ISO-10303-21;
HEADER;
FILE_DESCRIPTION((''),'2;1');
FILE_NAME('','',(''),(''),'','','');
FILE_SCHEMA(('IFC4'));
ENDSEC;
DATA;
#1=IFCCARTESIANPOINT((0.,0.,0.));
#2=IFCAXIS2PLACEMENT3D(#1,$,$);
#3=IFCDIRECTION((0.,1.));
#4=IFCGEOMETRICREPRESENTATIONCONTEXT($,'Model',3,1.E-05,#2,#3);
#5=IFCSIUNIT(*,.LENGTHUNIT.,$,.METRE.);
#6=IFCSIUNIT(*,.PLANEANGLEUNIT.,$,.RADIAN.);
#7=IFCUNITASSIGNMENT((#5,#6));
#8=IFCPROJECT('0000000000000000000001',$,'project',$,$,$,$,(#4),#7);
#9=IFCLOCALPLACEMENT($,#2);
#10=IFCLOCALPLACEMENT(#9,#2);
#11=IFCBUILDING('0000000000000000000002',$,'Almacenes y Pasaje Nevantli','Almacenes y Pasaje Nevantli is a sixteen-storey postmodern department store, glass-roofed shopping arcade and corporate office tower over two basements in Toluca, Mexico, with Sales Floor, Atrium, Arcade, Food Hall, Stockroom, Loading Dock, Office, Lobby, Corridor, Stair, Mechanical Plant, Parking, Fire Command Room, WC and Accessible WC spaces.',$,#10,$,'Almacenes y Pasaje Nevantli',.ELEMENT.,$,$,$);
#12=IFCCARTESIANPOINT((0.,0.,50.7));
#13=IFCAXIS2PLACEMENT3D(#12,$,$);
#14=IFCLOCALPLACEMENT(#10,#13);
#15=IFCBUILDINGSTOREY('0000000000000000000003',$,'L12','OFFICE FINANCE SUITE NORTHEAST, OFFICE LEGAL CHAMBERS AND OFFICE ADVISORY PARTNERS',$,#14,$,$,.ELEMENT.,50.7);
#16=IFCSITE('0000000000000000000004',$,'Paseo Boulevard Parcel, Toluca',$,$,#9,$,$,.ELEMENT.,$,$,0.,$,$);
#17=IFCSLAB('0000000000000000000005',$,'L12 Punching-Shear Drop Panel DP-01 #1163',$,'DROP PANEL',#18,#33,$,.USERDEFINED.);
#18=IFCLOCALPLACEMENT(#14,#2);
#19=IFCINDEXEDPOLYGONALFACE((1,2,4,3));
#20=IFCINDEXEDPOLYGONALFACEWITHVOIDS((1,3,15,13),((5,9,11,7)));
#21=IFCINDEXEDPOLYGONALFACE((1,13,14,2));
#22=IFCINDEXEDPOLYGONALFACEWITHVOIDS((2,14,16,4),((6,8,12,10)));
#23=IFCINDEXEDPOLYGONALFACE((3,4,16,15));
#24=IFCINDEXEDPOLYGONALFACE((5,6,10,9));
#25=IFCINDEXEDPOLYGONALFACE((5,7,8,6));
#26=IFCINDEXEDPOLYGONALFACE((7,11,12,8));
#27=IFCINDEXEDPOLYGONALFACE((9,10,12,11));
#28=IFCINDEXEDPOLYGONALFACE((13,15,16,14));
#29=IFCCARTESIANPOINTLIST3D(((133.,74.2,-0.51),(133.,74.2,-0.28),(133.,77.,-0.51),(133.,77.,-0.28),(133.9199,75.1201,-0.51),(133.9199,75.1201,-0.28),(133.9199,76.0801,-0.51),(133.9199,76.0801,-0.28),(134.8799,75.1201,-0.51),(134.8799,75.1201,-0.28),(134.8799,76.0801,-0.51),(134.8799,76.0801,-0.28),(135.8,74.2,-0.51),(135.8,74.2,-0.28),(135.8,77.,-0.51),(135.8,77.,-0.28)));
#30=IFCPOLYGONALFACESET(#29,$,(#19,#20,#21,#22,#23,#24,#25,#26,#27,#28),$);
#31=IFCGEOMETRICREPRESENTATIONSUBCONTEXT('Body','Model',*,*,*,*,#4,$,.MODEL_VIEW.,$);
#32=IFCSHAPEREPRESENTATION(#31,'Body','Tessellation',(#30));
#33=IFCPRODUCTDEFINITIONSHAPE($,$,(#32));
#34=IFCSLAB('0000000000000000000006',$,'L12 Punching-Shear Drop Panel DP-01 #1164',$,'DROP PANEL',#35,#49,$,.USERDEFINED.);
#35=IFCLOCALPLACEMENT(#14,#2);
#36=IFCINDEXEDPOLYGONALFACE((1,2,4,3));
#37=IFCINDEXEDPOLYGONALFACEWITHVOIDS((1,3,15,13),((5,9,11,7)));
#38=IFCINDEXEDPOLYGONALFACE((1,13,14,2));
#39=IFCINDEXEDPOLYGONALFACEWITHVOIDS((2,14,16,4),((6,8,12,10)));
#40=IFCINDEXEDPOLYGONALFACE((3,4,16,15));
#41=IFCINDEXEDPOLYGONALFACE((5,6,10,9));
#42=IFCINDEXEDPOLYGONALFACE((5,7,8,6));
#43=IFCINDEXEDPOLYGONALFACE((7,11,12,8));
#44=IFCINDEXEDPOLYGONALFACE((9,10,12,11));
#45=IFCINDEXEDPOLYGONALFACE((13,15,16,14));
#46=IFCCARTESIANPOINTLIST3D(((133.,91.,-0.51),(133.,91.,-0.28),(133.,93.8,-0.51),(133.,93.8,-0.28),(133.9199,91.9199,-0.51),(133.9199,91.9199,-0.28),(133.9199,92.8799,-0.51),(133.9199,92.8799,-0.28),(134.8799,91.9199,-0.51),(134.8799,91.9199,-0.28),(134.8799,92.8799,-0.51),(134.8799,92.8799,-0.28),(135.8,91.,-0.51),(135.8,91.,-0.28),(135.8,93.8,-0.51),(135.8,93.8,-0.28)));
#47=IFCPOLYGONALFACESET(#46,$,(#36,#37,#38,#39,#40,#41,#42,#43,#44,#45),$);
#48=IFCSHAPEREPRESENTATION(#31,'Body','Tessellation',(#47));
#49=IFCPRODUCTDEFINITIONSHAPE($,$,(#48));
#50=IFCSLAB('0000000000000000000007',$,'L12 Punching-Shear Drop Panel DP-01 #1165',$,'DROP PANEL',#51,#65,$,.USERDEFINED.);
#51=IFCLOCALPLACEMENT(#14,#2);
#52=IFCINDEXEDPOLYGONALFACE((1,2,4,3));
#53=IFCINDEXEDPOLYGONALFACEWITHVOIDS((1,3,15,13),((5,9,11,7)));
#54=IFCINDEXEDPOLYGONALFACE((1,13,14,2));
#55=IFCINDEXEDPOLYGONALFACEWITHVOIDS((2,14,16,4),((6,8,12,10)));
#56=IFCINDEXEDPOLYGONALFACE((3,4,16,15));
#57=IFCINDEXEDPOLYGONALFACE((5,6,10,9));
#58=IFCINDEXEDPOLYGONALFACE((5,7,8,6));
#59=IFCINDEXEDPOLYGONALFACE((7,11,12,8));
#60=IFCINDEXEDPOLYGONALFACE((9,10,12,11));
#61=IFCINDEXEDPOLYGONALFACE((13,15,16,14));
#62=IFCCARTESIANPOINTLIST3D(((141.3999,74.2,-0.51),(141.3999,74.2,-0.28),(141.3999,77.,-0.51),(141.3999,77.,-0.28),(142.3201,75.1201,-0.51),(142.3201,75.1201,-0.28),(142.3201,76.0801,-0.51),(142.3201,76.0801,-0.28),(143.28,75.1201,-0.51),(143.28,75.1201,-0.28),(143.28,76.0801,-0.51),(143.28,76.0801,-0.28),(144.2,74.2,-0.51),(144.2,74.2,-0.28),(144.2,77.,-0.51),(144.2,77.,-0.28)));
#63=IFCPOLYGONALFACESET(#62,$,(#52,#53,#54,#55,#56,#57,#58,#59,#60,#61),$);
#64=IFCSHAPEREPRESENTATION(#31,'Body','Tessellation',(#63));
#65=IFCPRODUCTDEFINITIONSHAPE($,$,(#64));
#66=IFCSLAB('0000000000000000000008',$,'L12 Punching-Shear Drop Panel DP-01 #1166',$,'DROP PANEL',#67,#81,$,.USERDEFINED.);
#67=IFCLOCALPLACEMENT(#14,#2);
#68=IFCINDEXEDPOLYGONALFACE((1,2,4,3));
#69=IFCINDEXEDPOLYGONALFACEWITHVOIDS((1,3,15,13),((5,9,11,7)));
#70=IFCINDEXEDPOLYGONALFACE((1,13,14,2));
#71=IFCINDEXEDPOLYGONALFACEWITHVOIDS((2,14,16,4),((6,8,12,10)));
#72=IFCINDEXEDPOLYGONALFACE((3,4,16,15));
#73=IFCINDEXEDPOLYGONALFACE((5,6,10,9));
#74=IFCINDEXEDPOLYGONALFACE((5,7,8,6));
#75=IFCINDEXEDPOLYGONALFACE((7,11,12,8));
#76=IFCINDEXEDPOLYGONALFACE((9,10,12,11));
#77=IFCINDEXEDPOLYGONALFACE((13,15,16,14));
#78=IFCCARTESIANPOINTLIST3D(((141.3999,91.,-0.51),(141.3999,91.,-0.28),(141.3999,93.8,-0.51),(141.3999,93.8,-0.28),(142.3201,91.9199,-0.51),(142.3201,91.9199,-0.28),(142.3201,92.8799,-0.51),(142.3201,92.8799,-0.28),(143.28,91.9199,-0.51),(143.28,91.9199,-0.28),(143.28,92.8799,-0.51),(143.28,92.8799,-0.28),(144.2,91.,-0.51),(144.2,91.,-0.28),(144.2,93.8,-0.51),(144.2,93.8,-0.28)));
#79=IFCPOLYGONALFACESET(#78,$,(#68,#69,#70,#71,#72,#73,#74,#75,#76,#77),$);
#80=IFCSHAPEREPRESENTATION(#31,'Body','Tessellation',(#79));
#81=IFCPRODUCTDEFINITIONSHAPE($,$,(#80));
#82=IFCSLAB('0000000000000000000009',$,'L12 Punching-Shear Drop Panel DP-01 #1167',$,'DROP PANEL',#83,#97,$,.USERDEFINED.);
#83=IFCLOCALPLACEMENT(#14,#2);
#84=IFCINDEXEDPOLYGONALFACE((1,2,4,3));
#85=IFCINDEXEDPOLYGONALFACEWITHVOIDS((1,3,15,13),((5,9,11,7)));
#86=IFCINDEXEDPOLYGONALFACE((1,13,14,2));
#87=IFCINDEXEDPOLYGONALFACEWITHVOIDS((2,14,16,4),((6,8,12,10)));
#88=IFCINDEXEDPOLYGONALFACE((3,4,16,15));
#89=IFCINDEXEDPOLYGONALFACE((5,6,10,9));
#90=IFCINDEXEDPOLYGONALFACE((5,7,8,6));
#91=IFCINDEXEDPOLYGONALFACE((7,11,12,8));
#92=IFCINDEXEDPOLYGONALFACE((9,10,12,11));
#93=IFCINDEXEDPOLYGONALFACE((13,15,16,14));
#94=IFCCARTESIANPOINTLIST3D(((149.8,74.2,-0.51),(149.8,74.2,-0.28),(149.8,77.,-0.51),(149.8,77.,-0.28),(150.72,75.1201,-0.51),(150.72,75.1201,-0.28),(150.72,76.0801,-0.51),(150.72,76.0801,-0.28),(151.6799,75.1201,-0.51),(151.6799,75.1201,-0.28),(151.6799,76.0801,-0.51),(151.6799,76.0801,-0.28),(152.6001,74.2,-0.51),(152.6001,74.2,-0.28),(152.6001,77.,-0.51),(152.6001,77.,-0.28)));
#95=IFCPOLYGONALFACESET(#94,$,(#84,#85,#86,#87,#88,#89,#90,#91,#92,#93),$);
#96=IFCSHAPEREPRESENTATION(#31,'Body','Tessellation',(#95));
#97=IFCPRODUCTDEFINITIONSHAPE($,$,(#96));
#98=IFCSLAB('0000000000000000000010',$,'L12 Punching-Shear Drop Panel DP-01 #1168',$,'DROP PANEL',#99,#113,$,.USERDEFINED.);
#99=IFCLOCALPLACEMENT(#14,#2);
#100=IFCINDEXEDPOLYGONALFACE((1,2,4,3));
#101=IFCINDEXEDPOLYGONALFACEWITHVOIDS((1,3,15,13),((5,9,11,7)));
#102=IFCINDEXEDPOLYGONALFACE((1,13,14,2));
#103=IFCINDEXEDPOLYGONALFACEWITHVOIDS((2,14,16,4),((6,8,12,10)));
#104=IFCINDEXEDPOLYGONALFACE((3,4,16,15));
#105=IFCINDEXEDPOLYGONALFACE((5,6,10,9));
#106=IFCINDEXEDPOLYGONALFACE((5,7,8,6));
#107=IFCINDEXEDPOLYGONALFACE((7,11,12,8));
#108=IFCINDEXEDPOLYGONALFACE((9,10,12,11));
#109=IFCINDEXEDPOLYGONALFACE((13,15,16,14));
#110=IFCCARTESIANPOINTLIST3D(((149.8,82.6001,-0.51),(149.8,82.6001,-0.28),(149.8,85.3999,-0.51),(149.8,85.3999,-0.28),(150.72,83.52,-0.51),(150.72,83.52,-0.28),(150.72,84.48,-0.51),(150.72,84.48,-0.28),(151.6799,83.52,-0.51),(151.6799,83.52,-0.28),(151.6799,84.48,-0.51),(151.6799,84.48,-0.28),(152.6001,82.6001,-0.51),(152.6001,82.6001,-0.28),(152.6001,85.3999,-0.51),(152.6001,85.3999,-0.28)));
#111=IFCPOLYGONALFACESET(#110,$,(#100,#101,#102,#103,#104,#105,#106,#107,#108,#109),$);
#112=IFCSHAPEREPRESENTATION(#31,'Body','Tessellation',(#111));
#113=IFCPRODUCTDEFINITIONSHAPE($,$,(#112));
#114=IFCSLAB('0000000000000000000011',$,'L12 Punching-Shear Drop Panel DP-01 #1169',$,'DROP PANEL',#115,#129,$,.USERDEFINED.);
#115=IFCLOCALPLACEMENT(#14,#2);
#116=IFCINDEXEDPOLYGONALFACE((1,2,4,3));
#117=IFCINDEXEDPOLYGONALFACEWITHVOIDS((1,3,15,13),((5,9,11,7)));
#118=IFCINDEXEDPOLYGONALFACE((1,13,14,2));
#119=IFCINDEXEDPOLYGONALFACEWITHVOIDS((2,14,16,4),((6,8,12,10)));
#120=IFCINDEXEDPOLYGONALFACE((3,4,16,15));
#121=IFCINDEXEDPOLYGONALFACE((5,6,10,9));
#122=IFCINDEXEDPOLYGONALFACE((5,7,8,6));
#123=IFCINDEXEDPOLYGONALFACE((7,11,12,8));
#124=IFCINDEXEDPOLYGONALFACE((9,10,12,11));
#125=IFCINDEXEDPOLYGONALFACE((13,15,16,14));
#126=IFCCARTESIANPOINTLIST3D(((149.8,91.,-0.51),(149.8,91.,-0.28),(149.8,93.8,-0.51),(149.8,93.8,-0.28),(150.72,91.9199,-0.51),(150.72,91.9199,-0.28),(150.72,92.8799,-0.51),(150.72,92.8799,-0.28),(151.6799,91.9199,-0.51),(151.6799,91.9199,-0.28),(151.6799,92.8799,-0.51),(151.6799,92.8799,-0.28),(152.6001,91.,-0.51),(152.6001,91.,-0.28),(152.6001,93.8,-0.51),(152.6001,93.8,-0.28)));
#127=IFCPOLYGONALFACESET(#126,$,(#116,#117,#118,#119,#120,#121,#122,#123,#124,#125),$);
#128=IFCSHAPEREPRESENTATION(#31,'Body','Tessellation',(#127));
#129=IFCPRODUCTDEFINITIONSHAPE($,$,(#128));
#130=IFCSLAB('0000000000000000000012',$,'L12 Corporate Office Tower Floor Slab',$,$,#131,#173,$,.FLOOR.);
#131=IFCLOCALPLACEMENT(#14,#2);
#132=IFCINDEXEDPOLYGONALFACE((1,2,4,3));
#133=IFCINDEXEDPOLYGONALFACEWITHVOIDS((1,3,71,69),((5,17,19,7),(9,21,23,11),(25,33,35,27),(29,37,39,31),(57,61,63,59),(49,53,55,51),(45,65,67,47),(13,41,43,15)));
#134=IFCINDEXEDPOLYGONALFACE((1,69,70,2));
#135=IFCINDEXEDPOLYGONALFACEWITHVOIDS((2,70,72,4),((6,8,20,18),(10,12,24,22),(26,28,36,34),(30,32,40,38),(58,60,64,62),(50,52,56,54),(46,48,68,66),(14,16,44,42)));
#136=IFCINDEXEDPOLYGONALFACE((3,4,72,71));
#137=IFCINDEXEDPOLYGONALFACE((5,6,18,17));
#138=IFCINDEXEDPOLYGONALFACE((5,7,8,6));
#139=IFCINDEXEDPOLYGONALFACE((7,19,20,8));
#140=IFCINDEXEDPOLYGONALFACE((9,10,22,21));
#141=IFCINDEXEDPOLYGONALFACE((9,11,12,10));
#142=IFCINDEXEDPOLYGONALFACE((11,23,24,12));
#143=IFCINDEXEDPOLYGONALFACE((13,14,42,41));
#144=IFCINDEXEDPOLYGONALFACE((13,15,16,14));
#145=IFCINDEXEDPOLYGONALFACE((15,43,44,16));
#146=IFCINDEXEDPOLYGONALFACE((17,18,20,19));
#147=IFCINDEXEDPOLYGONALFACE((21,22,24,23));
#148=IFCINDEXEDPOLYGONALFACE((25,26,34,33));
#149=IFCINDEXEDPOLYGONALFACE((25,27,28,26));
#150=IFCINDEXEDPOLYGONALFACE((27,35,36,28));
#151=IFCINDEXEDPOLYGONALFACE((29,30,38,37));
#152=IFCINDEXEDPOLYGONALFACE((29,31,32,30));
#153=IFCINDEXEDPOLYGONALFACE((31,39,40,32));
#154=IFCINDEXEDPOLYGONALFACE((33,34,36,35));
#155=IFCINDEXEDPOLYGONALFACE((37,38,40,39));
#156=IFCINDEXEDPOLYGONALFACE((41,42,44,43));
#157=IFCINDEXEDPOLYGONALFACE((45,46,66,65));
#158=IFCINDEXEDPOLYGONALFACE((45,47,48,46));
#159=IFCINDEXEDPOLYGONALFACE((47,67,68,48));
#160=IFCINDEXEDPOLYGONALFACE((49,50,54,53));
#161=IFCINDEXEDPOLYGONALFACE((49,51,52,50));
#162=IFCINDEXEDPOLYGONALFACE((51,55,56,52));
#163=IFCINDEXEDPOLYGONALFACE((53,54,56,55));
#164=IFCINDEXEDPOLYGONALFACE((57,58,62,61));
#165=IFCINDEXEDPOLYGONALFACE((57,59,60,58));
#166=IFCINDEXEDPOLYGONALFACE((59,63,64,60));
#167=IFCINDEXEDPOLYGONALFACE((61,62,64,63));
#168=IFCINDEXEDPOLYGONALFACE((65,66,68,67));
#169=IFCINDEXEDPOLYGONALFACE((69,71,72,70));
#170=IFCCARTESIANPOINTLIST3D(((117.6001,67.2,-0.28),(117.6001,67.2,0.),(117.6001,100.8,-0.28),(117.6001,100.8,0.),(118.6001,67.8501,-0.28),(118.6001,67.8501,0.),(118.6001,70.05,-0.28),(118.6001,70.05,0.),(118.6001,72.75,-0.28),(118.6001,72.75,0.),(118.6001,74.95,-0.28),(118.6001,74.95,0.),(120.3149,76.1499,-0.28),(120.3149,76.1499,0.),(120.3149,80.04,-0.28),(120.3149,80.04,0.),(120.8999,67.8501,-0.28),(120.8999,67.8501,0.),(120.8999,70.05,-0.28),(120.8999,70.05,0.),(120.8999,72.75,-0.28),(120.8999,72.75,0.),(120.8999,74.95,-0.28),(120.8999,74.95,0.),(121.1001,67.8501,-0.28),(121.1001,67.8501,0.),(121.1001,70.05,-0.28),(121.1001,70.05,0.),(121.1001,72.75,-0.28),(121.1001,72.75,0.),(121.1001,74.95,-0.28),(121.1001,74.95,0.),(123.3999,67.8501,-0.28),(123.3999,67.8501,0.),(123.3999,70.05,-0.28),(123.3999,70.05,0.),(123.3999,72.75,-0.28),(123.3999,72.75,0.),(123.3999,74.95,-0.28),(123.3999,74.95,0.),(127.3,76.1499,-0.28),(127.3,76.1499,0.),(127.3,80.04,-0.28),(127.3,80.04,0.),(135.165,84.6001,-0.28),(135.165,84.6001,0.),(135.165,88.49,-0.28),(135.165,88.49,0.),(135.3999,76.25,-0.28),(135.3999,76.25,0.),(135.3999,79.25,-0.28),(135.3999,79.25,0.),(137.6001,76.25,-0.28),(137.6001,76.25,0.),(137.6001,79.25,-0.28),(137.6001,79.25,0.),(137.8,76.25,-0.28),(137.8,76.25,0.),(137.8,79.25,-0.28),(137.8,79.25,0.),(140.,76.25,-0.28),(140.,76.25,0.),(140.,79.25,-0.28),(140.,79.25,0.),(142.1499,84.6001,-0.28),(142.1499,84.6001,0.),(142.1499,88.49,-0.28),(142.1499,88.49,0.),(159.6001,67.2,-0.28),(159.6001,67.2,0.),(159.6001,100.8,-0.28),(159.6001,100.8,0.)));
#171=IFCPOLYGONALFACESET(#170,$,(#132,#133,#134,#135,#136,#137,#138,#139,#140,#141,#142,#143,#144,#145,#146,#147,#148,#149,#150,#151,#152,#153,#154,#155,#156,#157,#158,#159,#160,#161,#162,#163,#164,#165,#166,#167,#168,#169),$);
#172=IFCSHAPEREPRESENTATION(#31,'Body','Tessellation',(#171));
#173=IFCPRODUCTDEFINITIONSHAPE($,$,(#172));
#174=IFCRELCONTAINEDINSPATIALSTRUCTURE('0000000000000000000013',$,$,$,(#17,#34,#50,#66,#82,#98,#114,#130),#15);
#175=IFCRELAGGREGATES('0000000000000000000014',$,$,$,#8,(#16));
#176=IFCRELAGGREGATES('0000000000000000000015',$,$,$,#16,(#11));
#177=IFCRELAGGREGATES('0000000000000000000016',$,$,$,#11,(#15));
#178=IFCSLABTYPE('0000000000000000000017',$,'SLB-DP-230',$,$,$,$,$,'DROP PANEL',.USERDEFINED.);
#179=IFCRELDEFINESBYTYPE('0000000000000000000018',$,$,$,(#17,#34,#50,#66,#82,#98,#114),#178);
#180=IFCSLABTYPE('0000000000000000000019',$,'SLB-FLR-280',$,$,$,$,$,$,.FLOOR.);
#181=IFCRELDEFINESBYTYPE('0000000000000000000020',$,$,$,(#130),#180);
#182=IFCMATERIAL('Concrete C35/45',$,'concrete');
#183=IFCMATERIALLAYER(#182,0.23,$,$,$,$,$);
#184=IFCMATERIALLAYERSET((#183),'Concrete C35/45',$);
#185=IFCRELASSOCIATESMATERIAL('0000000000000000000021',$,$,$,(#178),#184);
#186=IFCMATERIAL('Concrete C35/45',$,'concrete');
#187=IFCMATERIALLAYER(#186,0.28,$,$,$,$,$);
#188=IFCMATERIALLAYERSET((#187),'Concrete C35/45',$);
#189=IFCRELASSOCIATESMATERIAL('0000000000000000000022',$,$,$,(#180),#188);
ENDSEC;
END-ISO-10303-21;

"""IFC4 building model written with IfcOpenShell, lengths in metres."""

from ifc_helpers import new_model, si_unit, direction, frame, origin, place, context, subcontext, project, spatial, polyline, outline, extrude, material, layer, layer_set, type_object, element, save


model = new_model("IFC4")

# Units and contexts
model_context = context("Model", 3, precision=1e-05, world=origin(), true_north=direction((0.0, 1.0)))
body_context = subcontext(model_context, "Body", "Model", "MODEL_VIEW")
ifc_project = project(units=[si_unit("LENGTHUNIT", "METRE"), si_unit("PLANEANGLEUNIT", "RADIAN")], contexts=[model_context])

# Site, building, storey
site_placement = place(None, origin())
site = spatial("IfcSite", under=ifc_project, at=site_placement, Name="Paseo Boulevard Parcel, Toluca", CompositionType="ELEMENT", RefElevation=0.0)
building_placement = place(site_placement, origin())
building = spatial("IfcBuilding", under=site, at=building_placement, Name="Almacenes y Pasaje Nevantli", Description="Almacenes y Pasaje Nevantli is a sixteen-storey postmodern department store, glass-roofed shopping arcade and corporate office tower over two basements in Toluca, Mexico, with Sales Floor, Atrium, Arcade, Food Hall, Stockroom, Loading Dock, Office, Lobby, Corridor, Stair, Mechanical Plant, Parking, Fire Command Room, WC and Accessible WC spaces.", LongName="Almacenes y Pasaje Nevantli", CompositionType="ELEMENT")
storey_placement = place(building_placement, frame((0.0, 0.0, 50.7)))
storey = spatial("IfcBuildingStorey", under=building, at=storey_placement, Name="L12", Description="OFFICE FINANCE SUITE NORTHEAST, OFFICE LEGAL CHAMBERS AND OFFICE ADVISORY PARTNERS", CompositionType="ELEMENT", Elevation=50.7)

# Slabs
ifc_material_1 = material(Name="Concrete C35/45", Category="concrete")
ifc_layer_1 = layer(ifc_material_1, 0.23)
ifc_layer_set_1 = layer_set([ifc_layer_1], Name="Concrete C35/45")
slab_type_1 = type_object("IfcSlabType", Name="SLB-DP-230", ElementType="DROP PANEL", PredefinedType="USERDEFINED", material=ifc_layer_set_1)
slab_1_placement = place(storey_placement, frame((0.0, 0.0, -0.51)))
element("IfcSlab", 1, at=slab_1_placement, inside=storey, type_object=slab_type_1, Name="L12 Punching-Shear Drop Panel DP-01 #1163", ObjectType="DROP PANEL", PredefinedType="USERDEFINED", context=body_context, shape_type="SweptSolid", body=[
    extrude(outline(polyline([(133.0, 74.2), (135.8, 74.2), (135.8, 77.0), (133.0, 77.0), (133.0, 74.2)]), holes=[polyline([(133.9199, 75.1201), (134.8799, 75.1201), (134.8799, 76.0801), (133.9199, 76.0801), (133.9199, 75.1201)])]), origin(), (0.0, 0.0, 1.0), 0.23),
])
slab_2_placement = place(storey_placement, frame((0.0, 0.0, -0.51)))
element("IfcSlab", 2, at=slab_2_placement, inside=storey, type_object=slab_type_1, Name="L12 Punching-Shear Drop Panel DP-01 #1164", ObjectType="DROP PANEL", PredefinedType="USERDEFINED", context=body_context, shape_type="SweptSolid", body=[
    extrude(outline(polyline([(133.0, 91.0), (135.8, 91.0), (135.8, 93.8), (133.0, 93.8), (133.0, 91.0)]), holes=[polyline([(133.9199, 91.9199), (134.8799, 91.9199), (134.8799, 92.8799), (133.9199, 92.8799), (133.9199, 91.9199)])]), origin(), (0.0, 0.0, 1.0), 0.23),
])
slab_3_placement = place(storey_placement, frame((0.0, 0.0, -0.51)))
element("IfcSlab", 3, at=slab_3_placement, inside=storey, type_object=slab_type_1, Name="L12 Punching-Shear Drop Panel DP-01 #1165", ObjectType="DROP PANEL", PredefinedType="USERDEFINED", context=body_context, shape_type="SweptSolid", body=[
    extrude(outline(polyline([(141.3999, 74.2), (144.2, 74.2), (144.2, 77.0), (141.3999, 77.0), (141.3999, 74.2)]), holes=[polyline([(142.3201, 75.1201), (143.28, 75.1201), (143.28, 76.0801), (142.3201, 76.0801), (142.3201, 75.1201)])]), origin(), (0.0, 0.0, 1.0), 0.23),
])
slab_4_placement = place(storey_placement, frame((0.0, 0.0, -0.51)))
element("IfcSlab", 4, at=slab_4_placement, inside=storey, type_object=slab_type_1, Name="L12 Punching-Shear Drop Panel DP-01 #1166", ObjectType="DROP PANEL", PredefinedType="USERDEFINED", context=body_context, shape_type="SweptSolid", body=[
    extrude(outline(polyline([(141.3999, 91.0), (144.2, 91.0), (144.2, 93.8), (141.3999, 93.8), (141.3999, 91.0)]), holes=[polyline([(142.3201, 91.9199), (143.28, 91.9199), (143.28, 92.8799), (142.3201, 92.8799), (142.3201, 91.9199)])]), origin(), (0.0, 0.0, 1.0), 0.23),
])
slab_5_placement = place(storey_placement, frame((0.0, 0.0, -0.51)))
element("IfcSlab", 5, at=slab_5_placement, inside=storey, type_object=slab_type_1, Name="L12 Punching-Shear Drop Panel DP-01 #1167", ObjectType="DROP PANEL", PredefinedType="USERDEFINED", context=body_context, shape_type="SweptSolid", body=[
    extrude(outline(polyline([(149.8, 74.2), (152.6001, 74.2), (152.6001, 77.0), (149.8, 77.0), (149.8, 74.2)]), holes=[polyline([(150.72, 75.1201), (151.6799, 75.1201), (151.6799, 76.0801), (150.72, 76.0801), (150.72, 75.1201)])]), origin(), (0.0, 0.0, 1.0), 0.23),
])
slab_6_placement = place(storey_placement, frame((0.0, 0.0, -0.51)))
element("IfcSlab", 6, at=slab_6_placement, inside=storey, type_object=slab_type_1, Name="L12 Punching-Shear Drop Panel DP-01 #1168", ObjectType="DROP PANEL", PredefinedType="USERDEFINED", context=body_context, shape_type="SweptSolid", body=[
    extrude(outline(polyline([(149.8, 82.6001), (152.6001, 82.6001), (152.6001, 85.3999), (149.8, 85.3999), (149.8, 82.6001)]), holes=[polyline([(150.72, 83.52), (151.6799, 83.52), (151.6799, 84.48), (150.72, 84.48), (150.72, 83.52)])]), origin(), (0.0, 0.0, 1.0), 0.23),
])
slab_7_placement = place(storey_placement, frame((0.0, 0.0, -0.51)))
element("IfcSlab", 7, at=slab_7_placement, inside=storey, type_object=slab_type_1, Name="L12 Punching-Shear Drop Panel DP-01 #1169", ObjectType="DROP PANEL", PredefinedType="USERDEFINED", context=body_context, shape_type="SweptSolid", body=[
    extrude(outline(polyline([(149.8, 91.0), (152.6001, 91.0), (152.6001, 93.8), (149.8, 93.8), (149.8, 91.0)]), holes=[polyline([(150.72, 91.9199), (151.6799, 91.9199), (151.6799, 92.8799), (150.72, 92.8799), (150.72, 91.9199)])]), origin(), (0.0, 0.0, 1.0), 0.23),
])
ifc_material_2 = material(Name="Concrete C35/45", Category="concrete")
ifc_layer_2 = layer(ifc_material_2, 0.28)
ifc_layer_set_2 = layer_set([ifc_layer_2], Name="Concrete C35/45")
slab_type_2 = type_object("IfcSlabType", Name="SLB-FLR-280", PredefinedType="FLOOR", material=ifc_layer_set_2)
slab_8_placement = place(storey_placement, frame((0.0, 0.0, -0.28)))
element("IfcSlab", 8, at=slab_8_placement, inside=storey, type_object=slab_type_2, Name="L12 Corporate Office Tower Floor Slab", PredefinedType="FLOOR", context=body_context, shape_type="SweptSolid", body=[
    extrude(outline(polyline([(117.6001, 67.2), (159.6001, 67.2), (159.6001, 100.8), (117.6001, 100.8), (117.6001, 67.2)]), holes=[polyline([(120.3149, 76.1499), (127.3, 76.1499), (127.3, 80.04), (120.3149, 80.04), (120.3149, 76.1499)]), polyline([(135.165, 84.6001), (142.1499, 84.6001), (142.1499, 88.49), (135.165, 88.49), (135.165, 84.6001)]), polyline([(118.6001, 67.8501), (120.8999, 67.8501), (120.8999, 70.05), (118.6001, 70.05), (118.6001, 67.8501)]), polyline([(121.1001, 67.8501), (123.3999, 67.8501), (123.3999, 70.05), (121.1001, 70.05), (121.1001, 67.8501)]), polyline([(118.6001, 72.75), (120.8999, 72.75), (120.8999, 74.95), (118.6001, 74.95), (118.6001, 72.75)]), polyline([(121.1001, 72.75), (123.3999, 72.75), (123.3999, 74.95), (121.1001, 74.95), (121.1001, 72.75)]), polyline([(135.3999, 76.25), (137.6001, 76.25), (137.6001, 79.25), (135.3999, 79.25), (135.3999, 76.25)]), polyline([(137.8, 76.25), (140.0, 76.25), (140.0, 79.25), (137.8, 79.25), (137.8, 76.25)])]), origin(), (0.0, 0.0, 1.0), 0.28),
])

save(model, "model.ifc")
